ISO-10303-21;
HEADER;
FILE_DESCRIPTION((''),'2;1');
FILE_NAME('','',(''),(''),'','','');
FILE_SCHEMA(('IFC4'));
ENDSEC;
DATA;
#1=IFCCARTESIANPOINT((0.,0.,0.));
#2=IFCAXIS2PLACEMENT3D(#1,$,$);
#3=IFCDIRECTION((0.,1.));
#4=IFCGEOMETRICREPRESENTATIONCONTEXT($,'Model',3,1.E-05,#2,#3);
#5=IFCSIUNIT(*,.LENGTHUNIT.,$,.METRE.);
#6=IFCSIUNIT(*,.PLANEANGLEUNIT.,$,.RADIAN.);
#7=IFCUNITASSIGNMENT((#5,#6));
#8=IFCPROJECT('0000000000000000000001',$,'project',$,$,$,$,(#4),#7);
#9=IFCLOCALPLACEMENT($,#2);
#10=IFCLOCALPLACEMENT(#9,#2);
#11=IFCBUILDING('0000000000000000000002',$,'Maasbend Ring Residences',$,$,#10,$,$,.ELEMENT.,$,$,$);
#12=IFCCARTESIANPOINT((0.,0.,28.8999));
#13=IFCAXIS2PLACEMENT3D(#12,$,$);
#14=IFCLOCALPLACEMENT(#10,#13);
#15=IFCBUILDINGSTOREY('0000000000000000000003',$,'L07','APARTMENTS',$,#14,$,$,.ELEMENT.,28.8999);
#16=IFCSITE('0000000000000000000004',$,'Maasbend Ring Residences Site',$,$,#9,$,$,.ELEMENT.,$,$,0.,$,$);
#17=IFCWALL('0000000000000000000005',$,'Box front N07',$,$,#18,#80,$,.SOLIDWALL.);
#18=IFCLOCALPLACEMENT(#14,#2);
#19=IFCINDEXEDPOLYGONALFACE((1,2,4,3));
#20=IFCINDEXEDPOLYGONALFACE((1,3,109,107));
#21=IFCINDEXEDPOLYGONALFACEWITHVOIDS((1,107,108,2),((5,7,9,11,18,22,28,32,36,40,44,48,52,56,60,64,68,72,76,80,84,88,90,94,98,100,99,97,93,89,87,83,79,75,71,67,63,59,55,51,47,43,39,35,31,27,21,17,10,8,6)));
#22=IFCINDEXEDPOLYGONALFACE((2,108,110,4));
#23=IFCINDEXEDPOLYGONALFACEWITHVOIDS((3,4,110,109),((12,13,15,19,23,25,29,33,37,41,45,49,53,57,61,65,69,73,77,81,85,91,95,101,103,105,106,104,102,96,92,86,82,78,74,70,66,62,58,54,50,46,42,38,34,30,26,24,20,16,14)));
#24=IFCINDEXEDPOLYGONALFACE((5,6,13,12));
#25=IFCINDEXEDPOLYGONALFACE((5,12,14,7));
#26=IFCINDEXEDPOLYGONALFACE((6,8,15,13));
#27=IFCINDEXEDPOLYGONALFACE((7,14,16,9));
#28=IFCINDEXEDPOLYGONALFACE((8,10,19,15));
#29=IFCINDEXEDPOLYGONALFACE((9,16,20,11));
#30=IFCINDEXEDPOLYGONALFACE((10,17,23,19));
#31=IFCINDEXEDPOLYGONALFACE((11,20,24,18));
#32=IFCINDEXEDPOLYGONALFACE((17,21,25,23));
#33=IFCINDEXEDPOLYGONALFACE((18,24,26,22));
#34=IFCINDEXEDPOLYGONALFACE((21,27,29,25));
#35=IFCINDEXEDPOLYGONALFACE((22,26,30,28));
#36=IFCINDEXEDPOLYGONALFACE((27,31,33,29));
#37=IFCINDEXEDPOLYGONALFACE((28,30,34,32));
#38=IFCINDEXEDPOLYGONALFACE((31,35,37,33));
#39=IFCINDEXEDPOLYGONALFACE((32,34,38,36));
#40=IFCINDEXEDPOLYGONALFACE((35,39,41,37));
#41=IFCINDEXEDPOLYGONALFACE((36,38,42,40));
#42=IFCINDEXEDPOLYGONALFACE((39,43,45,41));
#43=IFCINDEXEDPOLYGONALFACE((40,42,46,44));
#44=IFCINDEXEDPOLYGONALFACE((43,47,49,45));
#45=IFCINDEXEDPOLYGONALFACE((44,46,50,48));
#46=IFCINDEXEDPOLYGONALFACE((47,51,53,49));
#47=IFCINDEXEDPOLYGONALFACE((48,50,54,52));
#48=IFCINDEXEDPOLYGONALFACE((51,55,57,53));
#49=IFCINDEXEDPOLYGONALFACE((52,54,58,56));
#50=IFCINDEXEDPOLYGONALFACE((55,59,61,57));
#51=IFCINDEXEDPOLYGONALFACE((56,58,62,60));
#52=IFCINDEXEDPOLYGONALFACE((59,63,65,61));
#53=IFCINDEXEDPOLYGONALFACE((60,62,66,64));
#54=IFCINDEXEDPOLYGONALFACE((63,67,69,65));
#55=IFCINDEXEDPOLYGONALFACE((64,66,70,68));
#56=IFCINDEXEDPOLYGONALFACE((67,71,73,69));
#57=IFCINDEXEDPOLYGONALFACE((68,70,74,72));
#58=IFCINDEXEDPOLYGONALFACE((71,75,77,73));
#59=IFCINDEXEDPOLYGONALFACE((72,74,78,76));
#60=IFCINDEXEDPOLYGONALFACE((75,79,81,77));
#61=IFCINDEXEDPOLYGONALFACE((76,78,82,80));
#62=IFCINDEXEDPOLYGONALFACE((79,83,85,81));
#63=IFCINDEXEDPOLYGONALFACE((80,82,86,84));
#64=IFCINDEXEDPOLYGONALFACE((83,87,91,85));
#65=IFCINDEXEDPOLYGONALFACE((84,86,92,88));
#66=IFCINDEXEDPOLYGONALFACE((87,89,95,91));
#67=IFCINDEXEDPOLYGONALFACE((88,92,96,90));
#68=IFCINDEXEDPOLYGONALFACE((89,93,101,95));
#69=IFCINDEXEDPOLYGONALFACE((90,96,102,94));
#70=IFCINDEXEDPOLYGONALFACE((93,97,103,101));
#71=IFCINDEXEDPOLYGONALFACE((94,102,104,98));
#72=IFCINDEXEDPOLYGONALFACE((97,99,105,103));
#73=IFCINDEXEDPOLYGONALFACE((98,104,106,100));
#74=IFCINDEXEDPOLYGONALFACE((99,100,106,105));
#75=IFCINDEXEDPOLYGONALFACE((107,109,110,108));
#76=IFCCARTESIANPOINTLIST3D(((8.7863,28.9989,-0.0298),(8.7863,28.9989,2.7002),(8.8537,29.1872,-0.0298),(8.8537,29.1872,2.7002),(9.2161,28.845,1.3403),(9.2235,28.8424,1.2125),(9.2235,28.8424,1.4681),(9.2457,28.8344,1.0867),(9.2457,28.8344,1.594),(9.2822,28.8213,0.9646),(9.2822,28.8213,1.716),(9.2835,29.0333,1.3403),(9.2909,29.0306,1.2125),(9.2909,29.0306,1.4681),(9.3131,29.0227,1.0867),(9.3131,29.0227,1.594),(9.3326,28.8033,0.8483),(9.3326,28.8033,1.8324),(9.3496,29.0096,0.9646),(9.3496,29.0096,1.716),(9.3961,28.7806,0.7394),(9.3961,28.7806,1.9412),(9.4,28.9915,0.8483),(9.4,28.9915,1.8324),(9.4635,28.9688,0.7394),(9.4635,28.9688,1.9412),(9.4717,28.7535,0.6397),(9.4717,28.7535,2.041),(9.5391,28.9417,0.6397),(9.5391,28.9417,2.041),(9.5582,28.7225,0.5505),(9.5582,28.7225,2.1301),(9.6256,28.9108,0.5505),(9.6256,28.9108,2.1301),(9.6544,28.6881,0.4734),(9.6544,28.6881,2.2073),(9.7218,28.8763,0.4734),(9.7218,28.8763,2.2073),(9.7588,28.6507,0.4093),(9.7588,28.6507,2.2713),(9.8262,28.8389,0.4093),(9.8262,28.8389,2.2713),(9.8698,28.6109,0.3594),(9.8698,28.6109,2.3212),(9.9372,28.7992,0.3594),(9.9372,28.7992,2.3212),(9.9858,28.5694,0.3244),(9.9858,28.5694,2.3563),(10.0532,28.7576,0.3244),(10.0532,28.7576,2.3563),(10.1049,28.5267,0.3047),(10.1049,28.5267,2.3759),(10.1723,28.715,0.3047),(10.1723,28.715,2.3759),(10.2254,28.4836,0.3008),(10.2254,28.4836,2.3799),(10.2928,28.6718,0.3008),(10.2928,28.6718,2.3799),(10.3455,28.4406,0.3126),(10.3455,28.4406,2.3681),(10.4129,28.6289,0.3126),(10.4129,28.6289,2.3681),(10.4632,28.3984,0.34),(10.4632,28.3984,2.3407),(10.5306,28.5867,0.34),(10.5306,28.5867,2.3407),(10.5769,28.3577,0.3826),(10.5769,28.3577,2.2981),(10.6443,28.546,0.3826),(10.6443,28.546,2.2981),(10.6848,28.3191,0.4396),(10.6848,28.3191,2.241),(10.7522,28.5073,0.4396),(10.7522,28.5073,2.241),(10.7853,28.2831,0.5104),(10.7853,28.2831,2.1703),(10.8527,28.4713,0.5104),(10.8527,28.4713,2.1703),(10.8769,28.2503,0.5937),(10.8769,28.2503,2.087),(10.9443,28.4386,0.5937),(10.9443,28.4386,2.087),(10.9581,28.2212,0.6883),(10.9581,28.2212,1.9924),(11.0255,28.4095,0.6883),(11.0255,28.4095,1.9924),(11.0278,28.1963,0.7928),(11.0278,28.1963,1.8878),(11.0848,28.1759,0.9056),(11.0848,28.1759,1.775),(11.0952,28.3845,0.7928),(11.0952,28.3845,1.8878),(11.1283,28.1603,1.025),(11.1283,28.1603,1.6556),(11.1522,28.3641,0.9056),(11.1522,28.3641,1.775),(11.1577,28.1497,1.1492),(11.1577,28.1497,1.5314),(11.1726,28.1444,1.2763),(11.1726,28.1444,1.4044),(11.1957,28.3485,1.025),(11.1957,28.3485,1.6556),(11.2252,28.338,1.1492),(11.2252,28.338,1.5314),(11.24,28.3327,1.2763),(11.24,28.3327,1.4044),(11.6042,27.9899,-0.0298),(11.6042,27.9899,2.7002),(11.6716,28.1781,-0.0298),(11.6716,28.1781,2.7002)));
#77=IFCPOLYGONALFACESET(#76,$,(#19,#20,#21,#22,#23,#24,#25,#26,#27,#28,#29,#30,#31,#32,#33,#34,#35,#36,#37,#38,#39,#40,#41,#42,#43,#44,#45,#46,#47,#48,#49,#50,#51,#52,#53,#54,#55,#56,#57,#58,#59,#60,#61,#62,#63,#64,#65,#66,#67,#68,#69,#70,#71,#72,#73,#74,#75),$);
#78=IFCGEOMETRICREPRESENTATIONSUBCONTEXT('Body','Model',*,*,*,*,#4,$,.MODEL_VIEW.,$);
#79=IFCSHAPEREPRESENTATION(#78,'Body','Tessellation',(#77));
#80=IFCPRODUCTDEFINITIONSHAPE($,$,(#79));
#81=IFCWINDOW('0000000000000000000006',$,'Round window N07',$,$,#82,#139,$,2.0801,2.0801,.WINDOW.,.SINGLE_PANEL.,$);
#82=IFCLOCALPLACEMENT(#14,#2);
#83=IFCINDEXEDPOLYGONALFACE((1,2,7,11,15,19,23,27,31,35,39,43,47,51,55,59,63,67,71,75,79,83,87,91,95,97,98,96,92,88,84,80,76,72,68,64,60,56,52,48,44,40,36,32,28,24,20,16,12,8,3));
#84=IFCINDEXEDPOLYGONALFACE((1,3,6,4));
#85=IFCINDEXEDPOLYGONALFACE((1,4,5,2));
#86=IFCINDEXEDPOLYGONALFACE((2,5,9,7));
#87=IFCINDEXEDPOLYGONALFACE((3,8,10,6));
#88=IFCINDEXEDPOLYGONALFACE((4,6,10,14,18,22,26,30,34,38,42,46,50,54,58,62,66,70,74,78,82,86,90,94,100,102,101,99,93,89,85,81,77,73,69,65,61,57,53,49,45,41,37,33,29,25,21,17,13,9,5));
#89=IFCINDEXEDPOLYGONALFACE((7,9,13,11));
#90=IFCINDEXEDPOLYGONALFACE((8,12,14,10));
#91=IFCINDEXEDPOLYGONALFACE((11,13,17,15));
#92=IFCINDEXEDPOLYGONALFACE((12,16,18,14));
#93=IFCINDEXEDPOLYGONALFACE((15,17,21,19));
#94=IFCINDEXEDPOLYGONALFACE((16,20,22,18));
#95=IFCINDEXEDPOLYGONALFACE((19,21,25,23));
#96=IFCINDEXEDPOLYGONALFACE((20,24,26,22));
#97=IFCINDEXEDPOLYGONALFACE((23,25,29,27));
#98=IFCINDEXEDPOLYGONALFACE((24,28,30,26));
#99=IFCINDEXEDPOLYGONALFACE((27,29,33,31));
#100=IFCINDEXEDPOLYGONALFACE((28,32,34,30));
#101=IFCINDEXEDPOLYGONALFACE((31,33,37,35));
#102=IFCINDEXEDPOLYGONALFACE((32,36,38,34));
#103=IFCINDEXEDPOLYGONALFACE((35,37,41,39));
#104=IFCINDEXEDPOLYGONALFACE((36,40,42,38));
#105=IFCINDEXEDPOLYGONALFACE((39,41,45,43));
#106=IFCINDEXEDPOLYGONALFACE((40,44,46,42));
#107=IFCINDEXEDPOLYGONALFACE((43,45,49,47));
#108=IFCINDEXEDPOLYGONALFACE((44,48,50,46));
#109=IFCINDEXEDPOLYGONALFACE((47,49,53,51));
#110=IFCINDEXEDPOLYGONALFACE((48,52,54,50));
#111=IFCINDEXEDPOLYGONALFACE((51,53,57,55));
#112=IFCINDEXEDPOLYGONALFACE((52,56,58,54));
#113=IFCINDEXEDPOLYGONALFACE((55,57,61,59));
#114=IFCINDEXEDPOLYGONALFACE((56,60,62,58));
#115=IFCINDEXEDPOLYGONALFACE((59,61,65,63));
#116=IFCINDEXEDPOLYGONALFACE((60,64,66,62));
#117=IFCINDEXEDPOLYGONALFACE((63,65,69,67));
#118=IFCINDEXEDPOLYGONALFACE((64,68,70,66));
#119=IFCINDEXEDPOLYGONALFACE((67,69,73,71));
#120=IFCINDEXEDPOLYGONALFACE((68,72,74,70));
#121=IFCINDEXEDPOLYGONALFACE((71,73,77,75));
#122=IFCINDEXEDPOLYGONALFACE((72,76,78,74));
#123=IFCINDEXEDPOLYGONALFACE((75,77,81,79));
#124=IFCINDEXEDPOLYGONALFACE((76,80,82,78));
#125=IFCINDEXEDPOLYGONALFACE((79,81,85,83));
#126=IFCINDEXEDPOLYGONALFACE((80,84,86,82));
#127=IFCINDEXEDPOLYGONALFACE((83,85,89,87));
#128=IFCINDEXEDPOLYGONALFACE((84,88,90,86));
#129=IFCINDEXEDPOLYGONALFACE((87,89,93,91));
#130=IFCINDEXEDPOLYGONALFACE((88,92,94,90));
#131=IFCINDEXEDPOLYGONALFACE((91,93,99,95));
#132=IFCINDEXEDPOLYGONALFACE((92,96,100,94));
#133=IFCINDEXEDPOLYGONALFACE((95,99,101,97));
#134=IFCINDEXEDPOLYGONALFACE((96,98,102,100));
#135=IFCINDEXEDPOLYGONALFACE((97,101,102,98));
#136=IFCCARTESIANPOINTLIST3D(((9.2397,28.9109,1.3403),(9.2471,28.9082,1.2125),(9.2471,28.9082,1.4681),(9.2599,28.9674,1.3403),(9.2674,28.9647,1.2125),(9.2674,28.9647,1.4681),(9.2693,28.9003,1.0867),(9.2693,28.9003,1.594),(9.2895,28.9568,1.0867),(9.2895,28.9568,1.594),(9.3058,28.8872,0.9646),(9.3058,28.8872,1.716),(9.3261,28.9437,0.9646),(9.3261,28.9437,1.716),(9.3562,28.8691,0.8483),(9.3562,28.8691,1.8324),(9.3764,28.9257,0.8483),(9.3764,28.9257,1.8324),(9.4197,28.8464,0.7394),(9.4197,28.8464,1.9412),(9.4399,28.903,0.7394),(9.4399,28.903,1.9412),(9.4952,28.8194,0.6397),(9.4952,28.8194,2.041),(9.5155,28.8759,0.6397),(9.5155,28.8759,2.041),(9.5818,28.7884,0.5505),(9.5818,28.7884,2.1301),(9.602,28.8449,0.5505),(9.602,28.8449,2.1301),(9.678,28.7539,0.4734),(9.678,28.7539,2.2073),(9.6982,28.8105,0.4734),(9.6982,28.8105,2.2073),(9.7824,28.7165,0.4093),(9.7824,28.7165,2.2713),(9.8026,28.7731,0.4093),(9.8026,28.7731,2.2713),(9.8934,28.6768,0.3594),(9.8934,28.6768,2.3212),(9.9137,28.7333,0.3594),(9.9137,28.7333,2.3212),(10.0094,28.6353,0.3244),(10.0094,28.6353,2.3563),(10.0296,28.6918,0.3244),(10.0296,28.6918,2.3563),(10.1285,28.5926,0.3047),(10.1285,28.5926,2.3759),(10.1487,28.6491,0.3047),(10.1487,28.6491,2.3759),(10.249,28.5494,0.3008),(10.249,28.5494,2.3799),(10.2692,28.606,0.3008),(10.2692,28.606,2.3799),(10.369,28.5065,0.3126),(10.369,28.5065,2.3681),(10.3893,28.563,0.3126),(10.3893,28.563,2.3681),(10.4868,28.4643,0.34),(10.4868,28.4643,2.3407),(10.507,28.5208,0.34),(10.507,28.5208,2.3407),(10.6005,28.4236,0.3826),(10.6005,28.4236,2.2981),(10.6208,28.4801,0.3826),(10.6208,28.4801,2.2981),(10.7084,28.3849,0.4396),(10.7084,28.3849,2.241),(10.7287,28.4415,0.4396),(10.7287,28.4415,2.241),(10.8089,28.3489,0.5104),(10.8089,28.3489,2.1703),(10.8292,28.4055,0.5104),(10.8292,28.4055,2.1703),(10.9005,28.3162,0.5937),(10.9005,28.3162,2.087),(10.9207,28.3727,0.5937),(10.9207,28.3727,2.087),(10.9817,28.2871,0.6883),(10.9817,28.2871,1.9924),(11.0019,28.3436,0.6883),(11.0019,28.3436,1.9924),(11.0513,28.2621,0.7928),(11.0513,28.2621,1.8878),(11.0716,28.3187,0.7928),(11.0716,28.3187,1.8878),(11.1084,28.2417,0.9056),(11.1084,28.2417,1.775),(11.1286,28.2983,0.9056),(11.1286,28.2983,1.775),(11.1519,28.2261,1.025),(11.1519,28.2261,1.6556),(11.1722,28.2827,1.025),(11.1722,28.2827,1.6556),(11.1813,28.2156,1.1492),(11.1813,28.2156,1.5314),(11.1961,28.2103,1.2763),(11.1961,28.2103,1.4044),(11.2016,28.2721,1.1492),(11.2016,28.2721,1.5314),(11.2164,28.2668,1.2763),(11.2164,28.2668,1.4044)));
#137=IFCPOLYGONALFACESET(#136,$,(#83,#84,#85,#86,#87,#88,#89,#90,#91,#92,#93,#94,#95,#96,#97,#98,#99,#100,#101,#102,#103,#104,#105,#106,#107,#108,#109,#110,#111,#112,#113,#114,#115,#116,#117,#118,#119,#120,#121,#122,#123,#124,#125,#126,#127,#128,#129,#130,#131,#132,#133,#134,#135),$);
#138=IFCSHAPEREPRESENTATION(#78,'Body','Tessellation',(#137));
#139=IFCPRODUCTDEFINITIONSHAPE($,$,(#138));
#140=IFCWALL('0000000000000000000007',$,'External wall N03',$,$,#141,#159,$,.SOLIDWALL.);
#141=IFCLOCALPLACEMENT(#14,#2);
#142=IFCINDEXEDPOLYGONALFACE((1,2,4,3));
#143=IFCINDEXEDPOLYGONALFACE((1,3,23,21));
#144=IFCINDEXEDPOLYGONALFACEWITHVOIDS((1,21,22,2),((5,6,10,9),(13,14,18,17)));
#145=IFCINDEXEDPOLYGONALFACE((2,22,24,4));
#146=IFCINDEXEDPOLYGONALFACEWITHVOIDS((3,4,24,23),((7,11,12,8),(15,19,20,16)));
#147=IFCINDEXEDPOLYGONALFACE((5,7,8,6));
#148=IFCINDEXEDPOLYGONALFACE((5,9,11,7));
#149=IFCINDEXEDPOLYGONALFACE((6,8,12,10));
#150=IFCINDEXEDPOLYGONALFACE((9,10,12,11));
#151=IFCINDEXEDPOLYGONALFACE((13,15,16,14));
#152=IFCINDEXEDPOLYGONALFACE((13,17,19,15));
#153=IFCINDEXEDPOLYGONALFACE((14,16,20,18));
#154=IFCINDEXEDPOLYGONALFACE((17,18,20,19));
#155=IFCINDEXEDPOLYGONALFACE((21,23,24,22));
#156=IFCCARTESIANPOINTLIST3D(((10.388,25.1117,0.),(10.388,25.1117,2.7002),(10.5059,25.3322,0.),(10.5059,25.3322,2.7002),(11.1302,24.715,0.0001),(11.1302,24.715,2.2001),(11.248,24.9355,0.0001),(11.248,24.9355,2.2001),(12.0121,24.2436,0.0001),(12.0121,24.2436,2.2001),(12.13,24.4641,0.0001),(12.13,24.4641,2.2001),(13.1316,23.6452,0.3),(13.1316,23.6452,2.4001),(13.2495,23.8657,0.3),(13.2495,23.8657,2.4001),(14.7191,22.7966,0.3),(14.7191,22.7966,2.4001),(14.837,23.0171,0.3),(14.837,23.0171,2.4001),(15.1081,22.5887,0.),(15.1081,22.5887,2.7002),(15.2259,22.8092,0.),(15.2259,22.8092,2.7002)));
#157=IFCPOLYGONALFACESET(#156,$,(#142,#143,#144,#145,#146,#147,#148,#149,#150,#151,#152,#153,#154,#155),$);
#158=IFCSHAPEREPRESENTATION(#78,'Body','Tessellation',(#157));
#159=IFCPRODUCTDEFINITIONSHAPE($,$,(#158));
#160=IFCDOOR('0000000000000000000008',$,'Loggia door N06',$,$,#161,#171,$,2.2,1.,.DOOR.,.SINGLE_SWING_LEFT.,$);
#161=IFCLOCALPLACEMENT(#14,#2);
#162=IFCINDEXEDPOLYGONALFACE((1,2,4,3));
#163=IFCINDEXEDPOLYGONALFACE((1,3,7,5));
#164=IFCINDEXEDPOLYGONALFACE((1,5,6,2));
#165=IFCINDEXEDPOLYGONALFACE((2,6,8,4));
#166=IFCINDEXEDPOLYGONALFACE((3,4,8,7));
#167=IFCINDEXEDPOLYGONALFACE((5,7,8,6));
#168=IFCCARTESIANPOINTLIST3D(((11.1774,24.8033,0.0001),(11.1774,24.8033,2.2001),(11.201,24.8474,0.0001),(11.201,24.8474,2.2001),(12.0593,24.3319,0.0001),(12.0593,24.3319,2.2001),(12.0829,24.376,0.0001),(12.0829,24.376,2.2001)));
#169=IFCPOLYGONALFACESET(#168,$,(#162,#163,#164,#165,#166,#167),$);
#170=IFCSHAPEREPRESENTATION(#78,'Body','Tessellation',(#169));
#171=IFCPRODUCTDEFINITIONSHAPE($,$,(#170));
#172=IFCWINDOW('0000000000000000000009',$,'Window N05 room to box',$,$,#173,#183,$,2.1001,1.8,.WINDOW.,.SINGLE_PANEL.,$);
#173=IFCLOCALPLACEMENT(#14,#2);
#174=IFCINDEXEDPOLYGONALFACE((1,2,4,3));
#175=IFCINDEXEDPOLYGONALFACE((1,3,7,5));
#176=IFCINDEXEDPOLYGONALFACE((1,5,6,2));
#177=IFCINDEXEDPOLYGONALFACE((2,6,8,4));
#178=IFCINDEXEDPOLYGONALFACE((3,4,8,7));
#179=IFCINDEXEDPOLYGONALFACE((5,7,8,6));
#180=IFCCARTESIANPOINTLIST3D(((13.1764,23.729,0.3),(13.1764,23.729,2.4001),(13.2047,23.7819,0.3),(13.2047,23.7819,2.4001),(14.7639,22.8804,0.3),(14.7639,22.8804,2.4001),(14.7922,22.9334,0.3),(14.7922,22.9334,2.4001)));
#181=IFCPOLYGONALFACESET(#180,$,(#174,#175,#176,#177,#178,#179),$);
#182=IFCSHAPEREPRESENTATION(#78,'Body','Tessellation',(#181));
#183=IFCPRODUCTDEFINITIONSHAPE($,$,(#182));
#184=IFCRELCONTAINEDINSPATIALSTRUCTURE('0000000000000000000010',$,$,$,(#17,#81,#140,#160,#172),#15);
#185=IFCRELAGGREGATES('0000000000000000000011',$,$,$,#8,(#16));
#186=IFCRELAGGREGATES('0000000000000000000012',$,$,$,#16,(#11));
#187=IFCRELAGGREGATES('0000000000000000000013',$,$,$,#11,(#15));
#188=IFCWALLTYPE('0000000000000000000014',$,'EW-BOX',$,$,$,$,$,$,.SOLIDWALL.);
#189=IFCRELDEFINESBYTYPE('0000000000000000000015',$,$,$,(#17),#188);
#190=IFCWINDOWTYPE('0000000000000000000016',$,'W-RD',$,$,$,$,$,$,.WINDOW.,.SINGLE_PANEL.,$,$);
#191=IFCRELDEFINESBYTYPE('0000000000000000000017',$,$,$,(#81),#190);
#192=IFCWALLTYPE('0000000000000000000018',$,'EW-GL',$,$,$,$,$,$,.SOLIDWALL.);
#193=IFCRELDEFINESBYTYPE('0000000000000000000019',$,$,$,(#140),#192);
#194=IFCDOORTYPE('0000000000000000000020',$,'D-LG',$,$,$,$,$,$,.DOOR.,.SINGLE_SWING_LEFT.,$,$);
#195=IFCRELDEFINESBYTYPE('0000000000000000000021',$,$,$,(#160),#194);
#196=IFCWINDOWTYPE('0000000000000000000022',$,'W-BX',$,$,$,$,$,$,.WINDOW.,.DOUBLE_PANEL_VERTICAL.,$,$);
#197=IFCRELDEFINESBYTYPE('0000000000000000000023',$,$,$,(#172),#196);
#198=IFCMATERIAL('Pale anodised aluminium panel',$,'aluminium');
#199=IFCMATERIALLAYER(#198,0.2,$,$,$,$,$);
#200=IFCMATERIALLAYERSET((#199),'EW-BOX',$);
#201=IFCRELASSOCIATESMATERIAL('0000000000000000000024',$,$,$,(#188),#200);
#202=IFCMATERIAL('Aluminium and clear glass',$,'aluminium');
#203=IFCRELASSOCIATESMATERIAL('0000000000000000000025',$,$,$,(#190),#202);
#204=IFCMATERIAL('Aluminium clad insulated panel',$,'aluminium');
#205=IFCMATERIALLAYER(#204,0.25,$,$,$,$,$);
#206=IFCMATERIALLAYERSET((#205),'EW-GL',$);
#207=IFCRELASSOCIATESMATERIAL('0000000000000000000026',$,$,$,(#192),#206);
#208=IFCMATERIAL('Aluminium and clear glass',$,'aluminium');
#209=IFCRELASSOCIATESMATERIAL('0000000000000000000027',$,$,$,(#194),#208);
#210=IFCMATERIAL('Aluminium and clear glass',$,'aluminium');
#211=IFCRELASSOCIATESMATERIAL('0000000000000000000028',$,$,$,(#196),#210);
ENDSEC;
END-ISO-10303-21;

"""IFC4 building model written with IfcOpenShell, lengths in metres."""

from ifc_helpers import new_model, si_unit, direction, frame, frame_2d, origin, place, context, subcontext, project, spatial, rectangle, circle, extrude, material, layer, layer_set, type_object, element, fill, save


model = new_model("IFC4")

# Units and contexts
model_context = context("Model", 3, precision=1e-05, world=origin(), true_north=direction((0.0, 1.0)))
body_context = subcontext(model_context, "Body", "Model", "MODEL_VIEW")
ifc_project = project(units=[si_unit("LENGTHUNIT", "METRE"), si_unit("PLANEANGLEUNIT", "RADIAN")], contexts=[model_context])

# Site, building, storey
site_placement = place(None, origin())
site = spatial("IfcSite", under=ifc_project, at=site_placement, Name="Maasbend Ring Residences Site", CompositionType="ELEMENT", RefElevation=0.0)
building_placement = place(site_placement, origin())
building = spatial("IfcBuilding", under=site, at=building_placement, Name="Maasbend Ring Residences", CompositionType="ELEMENT")
storey_placement = place(building_placement, frame((0.0, 0.0, 28.8999)))
storey = spatial("IfcBuildingStorey", under=building, at=storey_placement, Name="L07", Description="APARTMENTS", CompositionType="ELEMENT", Elevation=28.8999)

# Shared definitions
ifc_material_1 = material(Name="Pale anodised aluminium panel", Category="aluminium")
ifc_layer_1 = layer(ifc_material_1, 0.2)
ifc_layer_set_1 = layer_set([ifc_layer_1], Name="EW-BOX")
wall_type_1 = type_object("IfcWallType", Name="EW-BOX", PredefinedType="SOLIDWALL", material=ifc_layer_set_1)

# Wall, opening, window
wall_1_placement = place(storey_placement, frame((11.6379, 28.084, -0.0298), z_axis=(0.0, 0.0, 1.0), x_axis=(-0.941461, 0.337122, 0.0)))
wall_1 = element("IfcWall", 1, at=wall_1_placement, inside=storey, type_object=wall_type_1, Name="Box front N07", PredefinedType="SOLIDWALL", context=body_context, shape_type="SweptSolid", body=[
    extrude(rectangle(XDim=2.9932, YDim=0.2, at=frame_2d((1.4966, 0.0))), origin(), (0.0, 0.0, 1.0), 2.73),
])
opening_1_placement = place(wall_1_placement, frame((0.4565, 0.0, 0.3301)))
opening_1 = element("IfcOpeningElement", 2, at=opening_1_placement, cuts=wall_1, PredefinedType="OPENING", context=body_context, shape_type="SweptSolid", body=[
    extrude(circle(Radius=1.04, at=frame_2d((1.04, 1.04))), frame((0.0, 0.1099, 0.0), z_axis=(0.0, -1.0, 0.0), x_axis=(1.0, 0.0, 0.0)), (0.0, 0.0, 1.0), 0.22),
])
ifc_material_2 = material(Name="Aluminium and clear glass", Category="aluminium")
window_type_1 = type_object("IfcWindowType", Name="W-RD", PartitioningType="SINGLE_PANEL", PredefinedType="WINDOW", material=ifc_material_2)
window_1_placement = place(opening_1_placement, origin())
window_1 = element("IfcWindow", 3, at=window_1_placement, inside=storey, type_object=window_type_1, Name="Round window N07", OverallHeight=2.0801, OverallWidth=2.0801, PartitioningType="SINGLE_PANEL", PredefinedType="WINDOW", context=body_context, shape_type="SweptSolid", body=[
    extrude(circle(Radius=1.04, at=frame_2d((1.04, 1.04))), frame((0.0, 0.03, 0.0), z_axis=(0.0, -1.0, 0.0), x_axis=(1.0, 0.0, 0.0)), (0.0, 0.0, 1.0), 0.0601),
])
fill(opening_1, window_1)

# Wall, openings, door, window
ifc_material_3 = material(Name="Aluminium clad insulated panel", Category="aluminium")
ifc_layer_2 = layer(ifc_material_3, 0.25)
ifc_layer_set_2 = layer_set([ifc_layer_2], Name="EW-GL")
wall_type_2 = type_object("IfcWallType", Name="EW-GL", PredefinedType="SOLIDWALL", material=ifc_layer_set_2)
wall_2_placement = place(storey_placement, frame((15.167, 22.699, 0.0), z_axis=(0.0, 0.0, 1.0), x_axis=(-0.881916, 0.471407, 0.0)))
wall_2 = element("IfcWall", 4, at=wall_2_placement, inside=storey, type_object=wall_type_2, Name="External wall N03", PredefinedType="SOLIDWALL", context=body_context, shape_type="SweptSolid", body=[
    extrude(rectangle(XDim=5.3521, YDim=0.25, at=frame_2d((2.676, 0.0))), origin(), (0.0, 0.0, 1.0), 2.7002),
])
opening_2_placement = place(wall_2_placement, frame((0.4412, 0.0, 0.3)))
opening_2 = element("IfcOpeningElement", 5, at=opening_2_placement, cuts=wall_2, PredefinedType="OPENING", context=body_context, shape_type="SweptSolid", body=[
    extrude(rectangle(XDim=1.8, YDim=2.1001, at=frame_2d((0.8999, 1.05))), frame((0.0, 0.135, 0.0), z_axis=(0.0, -1.0, 0.0), x_axis=(1.0, 0.0, 0.0)), (0.0, 0.0, 1.0), 0.27),
])
opening_3_placement = place(wall_2_placement, frame((3.5105, 0.0, 0.0)))
opening_3 = element("IfcOpeningElement", 6, at=opening_3_placement, cuts=wall_2, PredefinedType="OPENING", context=body_context, shape_type="SweptSolid", body=[
    extrude(rectangle(XDim=1.0, YDim=2.2, at=frame_2d((0.5, 1.1001))), frame((0.0, 0.135, 0.0), z_axis=(0.0, -1.0, 0.0), x_axis=(1.0, 0.0, 0.0)), (0.0, 0.0, 1.0), 0.27),
])
ifc_material_4 = material(Name="Aluminium and clear glass", Category="aluminium")
door_type_1 = type_object("IfcDoorType", Name="D-LG", OperationType="SINGLE_SWING_LEFT", PredefinedType="DOOR", material=ifc_material_4)
door_1_placement = place(opening_3_placement, origin())
door_1 = element("IfcDoor", 7, at=door_1_placement, inside=storey, type_object=door_type_1, Name="Loggia door N06", OperationType="SINGLE_SWING_LEFT", OverallHeight=2.2, OverallWidth=1.0, PredefinedType="DOOR", context=body_context, shape_type="SweptSolid", body=[
    extrude(rectangle(XDim=1.0, YDim=2.2, at=frame_2d((0.5, 1.1001))), frame((0.0, 0.0249, 0.0), z_axis=(0.0, -1.0, 0.0), x_axis=(1.0, 0.0, 0.0)), (0.0, 0.0, 1.0), 0.05),
])
fill(opening_3, door_1)
ifc_material_5 = material(Name="Aluminium and clear glass", Category="aluminium")
window_type_2 = type_object("IfcWindowType", Name="W-BX", PartitioningType="DOUBLE_PANEL_VERTICAL", PredefinedType="WINDOW", material=ifc_material_5)
window_2_placement = place(opening_2_placement, origin())
window_2 = element("IfcWindow", 8, at=window_2_placement, inside=storey, type_object=window_type_2, Name="Window N05 room to box", OverallHeight=2.1001, OverallWidth=1.8, PartitioningType="SINGLE_PANEL", PredefinedType="WINDOW", context=body_context, shape_type="SweptSolid", body=[
    extrude(rectangle(XDim=1.8, YDim=2.1001, at=frame_2d((0.8999, 1.05))), frame((0.0, 0.03, 0.0), z_axis=(0.0, -1.0, 0.0), x_axis=(1.0, 0.0, 0.0)), (0.0, 0.0, 1.0), 0.0601),
])
fill(opening_2, window_2)

save(model, "model.ifc")
